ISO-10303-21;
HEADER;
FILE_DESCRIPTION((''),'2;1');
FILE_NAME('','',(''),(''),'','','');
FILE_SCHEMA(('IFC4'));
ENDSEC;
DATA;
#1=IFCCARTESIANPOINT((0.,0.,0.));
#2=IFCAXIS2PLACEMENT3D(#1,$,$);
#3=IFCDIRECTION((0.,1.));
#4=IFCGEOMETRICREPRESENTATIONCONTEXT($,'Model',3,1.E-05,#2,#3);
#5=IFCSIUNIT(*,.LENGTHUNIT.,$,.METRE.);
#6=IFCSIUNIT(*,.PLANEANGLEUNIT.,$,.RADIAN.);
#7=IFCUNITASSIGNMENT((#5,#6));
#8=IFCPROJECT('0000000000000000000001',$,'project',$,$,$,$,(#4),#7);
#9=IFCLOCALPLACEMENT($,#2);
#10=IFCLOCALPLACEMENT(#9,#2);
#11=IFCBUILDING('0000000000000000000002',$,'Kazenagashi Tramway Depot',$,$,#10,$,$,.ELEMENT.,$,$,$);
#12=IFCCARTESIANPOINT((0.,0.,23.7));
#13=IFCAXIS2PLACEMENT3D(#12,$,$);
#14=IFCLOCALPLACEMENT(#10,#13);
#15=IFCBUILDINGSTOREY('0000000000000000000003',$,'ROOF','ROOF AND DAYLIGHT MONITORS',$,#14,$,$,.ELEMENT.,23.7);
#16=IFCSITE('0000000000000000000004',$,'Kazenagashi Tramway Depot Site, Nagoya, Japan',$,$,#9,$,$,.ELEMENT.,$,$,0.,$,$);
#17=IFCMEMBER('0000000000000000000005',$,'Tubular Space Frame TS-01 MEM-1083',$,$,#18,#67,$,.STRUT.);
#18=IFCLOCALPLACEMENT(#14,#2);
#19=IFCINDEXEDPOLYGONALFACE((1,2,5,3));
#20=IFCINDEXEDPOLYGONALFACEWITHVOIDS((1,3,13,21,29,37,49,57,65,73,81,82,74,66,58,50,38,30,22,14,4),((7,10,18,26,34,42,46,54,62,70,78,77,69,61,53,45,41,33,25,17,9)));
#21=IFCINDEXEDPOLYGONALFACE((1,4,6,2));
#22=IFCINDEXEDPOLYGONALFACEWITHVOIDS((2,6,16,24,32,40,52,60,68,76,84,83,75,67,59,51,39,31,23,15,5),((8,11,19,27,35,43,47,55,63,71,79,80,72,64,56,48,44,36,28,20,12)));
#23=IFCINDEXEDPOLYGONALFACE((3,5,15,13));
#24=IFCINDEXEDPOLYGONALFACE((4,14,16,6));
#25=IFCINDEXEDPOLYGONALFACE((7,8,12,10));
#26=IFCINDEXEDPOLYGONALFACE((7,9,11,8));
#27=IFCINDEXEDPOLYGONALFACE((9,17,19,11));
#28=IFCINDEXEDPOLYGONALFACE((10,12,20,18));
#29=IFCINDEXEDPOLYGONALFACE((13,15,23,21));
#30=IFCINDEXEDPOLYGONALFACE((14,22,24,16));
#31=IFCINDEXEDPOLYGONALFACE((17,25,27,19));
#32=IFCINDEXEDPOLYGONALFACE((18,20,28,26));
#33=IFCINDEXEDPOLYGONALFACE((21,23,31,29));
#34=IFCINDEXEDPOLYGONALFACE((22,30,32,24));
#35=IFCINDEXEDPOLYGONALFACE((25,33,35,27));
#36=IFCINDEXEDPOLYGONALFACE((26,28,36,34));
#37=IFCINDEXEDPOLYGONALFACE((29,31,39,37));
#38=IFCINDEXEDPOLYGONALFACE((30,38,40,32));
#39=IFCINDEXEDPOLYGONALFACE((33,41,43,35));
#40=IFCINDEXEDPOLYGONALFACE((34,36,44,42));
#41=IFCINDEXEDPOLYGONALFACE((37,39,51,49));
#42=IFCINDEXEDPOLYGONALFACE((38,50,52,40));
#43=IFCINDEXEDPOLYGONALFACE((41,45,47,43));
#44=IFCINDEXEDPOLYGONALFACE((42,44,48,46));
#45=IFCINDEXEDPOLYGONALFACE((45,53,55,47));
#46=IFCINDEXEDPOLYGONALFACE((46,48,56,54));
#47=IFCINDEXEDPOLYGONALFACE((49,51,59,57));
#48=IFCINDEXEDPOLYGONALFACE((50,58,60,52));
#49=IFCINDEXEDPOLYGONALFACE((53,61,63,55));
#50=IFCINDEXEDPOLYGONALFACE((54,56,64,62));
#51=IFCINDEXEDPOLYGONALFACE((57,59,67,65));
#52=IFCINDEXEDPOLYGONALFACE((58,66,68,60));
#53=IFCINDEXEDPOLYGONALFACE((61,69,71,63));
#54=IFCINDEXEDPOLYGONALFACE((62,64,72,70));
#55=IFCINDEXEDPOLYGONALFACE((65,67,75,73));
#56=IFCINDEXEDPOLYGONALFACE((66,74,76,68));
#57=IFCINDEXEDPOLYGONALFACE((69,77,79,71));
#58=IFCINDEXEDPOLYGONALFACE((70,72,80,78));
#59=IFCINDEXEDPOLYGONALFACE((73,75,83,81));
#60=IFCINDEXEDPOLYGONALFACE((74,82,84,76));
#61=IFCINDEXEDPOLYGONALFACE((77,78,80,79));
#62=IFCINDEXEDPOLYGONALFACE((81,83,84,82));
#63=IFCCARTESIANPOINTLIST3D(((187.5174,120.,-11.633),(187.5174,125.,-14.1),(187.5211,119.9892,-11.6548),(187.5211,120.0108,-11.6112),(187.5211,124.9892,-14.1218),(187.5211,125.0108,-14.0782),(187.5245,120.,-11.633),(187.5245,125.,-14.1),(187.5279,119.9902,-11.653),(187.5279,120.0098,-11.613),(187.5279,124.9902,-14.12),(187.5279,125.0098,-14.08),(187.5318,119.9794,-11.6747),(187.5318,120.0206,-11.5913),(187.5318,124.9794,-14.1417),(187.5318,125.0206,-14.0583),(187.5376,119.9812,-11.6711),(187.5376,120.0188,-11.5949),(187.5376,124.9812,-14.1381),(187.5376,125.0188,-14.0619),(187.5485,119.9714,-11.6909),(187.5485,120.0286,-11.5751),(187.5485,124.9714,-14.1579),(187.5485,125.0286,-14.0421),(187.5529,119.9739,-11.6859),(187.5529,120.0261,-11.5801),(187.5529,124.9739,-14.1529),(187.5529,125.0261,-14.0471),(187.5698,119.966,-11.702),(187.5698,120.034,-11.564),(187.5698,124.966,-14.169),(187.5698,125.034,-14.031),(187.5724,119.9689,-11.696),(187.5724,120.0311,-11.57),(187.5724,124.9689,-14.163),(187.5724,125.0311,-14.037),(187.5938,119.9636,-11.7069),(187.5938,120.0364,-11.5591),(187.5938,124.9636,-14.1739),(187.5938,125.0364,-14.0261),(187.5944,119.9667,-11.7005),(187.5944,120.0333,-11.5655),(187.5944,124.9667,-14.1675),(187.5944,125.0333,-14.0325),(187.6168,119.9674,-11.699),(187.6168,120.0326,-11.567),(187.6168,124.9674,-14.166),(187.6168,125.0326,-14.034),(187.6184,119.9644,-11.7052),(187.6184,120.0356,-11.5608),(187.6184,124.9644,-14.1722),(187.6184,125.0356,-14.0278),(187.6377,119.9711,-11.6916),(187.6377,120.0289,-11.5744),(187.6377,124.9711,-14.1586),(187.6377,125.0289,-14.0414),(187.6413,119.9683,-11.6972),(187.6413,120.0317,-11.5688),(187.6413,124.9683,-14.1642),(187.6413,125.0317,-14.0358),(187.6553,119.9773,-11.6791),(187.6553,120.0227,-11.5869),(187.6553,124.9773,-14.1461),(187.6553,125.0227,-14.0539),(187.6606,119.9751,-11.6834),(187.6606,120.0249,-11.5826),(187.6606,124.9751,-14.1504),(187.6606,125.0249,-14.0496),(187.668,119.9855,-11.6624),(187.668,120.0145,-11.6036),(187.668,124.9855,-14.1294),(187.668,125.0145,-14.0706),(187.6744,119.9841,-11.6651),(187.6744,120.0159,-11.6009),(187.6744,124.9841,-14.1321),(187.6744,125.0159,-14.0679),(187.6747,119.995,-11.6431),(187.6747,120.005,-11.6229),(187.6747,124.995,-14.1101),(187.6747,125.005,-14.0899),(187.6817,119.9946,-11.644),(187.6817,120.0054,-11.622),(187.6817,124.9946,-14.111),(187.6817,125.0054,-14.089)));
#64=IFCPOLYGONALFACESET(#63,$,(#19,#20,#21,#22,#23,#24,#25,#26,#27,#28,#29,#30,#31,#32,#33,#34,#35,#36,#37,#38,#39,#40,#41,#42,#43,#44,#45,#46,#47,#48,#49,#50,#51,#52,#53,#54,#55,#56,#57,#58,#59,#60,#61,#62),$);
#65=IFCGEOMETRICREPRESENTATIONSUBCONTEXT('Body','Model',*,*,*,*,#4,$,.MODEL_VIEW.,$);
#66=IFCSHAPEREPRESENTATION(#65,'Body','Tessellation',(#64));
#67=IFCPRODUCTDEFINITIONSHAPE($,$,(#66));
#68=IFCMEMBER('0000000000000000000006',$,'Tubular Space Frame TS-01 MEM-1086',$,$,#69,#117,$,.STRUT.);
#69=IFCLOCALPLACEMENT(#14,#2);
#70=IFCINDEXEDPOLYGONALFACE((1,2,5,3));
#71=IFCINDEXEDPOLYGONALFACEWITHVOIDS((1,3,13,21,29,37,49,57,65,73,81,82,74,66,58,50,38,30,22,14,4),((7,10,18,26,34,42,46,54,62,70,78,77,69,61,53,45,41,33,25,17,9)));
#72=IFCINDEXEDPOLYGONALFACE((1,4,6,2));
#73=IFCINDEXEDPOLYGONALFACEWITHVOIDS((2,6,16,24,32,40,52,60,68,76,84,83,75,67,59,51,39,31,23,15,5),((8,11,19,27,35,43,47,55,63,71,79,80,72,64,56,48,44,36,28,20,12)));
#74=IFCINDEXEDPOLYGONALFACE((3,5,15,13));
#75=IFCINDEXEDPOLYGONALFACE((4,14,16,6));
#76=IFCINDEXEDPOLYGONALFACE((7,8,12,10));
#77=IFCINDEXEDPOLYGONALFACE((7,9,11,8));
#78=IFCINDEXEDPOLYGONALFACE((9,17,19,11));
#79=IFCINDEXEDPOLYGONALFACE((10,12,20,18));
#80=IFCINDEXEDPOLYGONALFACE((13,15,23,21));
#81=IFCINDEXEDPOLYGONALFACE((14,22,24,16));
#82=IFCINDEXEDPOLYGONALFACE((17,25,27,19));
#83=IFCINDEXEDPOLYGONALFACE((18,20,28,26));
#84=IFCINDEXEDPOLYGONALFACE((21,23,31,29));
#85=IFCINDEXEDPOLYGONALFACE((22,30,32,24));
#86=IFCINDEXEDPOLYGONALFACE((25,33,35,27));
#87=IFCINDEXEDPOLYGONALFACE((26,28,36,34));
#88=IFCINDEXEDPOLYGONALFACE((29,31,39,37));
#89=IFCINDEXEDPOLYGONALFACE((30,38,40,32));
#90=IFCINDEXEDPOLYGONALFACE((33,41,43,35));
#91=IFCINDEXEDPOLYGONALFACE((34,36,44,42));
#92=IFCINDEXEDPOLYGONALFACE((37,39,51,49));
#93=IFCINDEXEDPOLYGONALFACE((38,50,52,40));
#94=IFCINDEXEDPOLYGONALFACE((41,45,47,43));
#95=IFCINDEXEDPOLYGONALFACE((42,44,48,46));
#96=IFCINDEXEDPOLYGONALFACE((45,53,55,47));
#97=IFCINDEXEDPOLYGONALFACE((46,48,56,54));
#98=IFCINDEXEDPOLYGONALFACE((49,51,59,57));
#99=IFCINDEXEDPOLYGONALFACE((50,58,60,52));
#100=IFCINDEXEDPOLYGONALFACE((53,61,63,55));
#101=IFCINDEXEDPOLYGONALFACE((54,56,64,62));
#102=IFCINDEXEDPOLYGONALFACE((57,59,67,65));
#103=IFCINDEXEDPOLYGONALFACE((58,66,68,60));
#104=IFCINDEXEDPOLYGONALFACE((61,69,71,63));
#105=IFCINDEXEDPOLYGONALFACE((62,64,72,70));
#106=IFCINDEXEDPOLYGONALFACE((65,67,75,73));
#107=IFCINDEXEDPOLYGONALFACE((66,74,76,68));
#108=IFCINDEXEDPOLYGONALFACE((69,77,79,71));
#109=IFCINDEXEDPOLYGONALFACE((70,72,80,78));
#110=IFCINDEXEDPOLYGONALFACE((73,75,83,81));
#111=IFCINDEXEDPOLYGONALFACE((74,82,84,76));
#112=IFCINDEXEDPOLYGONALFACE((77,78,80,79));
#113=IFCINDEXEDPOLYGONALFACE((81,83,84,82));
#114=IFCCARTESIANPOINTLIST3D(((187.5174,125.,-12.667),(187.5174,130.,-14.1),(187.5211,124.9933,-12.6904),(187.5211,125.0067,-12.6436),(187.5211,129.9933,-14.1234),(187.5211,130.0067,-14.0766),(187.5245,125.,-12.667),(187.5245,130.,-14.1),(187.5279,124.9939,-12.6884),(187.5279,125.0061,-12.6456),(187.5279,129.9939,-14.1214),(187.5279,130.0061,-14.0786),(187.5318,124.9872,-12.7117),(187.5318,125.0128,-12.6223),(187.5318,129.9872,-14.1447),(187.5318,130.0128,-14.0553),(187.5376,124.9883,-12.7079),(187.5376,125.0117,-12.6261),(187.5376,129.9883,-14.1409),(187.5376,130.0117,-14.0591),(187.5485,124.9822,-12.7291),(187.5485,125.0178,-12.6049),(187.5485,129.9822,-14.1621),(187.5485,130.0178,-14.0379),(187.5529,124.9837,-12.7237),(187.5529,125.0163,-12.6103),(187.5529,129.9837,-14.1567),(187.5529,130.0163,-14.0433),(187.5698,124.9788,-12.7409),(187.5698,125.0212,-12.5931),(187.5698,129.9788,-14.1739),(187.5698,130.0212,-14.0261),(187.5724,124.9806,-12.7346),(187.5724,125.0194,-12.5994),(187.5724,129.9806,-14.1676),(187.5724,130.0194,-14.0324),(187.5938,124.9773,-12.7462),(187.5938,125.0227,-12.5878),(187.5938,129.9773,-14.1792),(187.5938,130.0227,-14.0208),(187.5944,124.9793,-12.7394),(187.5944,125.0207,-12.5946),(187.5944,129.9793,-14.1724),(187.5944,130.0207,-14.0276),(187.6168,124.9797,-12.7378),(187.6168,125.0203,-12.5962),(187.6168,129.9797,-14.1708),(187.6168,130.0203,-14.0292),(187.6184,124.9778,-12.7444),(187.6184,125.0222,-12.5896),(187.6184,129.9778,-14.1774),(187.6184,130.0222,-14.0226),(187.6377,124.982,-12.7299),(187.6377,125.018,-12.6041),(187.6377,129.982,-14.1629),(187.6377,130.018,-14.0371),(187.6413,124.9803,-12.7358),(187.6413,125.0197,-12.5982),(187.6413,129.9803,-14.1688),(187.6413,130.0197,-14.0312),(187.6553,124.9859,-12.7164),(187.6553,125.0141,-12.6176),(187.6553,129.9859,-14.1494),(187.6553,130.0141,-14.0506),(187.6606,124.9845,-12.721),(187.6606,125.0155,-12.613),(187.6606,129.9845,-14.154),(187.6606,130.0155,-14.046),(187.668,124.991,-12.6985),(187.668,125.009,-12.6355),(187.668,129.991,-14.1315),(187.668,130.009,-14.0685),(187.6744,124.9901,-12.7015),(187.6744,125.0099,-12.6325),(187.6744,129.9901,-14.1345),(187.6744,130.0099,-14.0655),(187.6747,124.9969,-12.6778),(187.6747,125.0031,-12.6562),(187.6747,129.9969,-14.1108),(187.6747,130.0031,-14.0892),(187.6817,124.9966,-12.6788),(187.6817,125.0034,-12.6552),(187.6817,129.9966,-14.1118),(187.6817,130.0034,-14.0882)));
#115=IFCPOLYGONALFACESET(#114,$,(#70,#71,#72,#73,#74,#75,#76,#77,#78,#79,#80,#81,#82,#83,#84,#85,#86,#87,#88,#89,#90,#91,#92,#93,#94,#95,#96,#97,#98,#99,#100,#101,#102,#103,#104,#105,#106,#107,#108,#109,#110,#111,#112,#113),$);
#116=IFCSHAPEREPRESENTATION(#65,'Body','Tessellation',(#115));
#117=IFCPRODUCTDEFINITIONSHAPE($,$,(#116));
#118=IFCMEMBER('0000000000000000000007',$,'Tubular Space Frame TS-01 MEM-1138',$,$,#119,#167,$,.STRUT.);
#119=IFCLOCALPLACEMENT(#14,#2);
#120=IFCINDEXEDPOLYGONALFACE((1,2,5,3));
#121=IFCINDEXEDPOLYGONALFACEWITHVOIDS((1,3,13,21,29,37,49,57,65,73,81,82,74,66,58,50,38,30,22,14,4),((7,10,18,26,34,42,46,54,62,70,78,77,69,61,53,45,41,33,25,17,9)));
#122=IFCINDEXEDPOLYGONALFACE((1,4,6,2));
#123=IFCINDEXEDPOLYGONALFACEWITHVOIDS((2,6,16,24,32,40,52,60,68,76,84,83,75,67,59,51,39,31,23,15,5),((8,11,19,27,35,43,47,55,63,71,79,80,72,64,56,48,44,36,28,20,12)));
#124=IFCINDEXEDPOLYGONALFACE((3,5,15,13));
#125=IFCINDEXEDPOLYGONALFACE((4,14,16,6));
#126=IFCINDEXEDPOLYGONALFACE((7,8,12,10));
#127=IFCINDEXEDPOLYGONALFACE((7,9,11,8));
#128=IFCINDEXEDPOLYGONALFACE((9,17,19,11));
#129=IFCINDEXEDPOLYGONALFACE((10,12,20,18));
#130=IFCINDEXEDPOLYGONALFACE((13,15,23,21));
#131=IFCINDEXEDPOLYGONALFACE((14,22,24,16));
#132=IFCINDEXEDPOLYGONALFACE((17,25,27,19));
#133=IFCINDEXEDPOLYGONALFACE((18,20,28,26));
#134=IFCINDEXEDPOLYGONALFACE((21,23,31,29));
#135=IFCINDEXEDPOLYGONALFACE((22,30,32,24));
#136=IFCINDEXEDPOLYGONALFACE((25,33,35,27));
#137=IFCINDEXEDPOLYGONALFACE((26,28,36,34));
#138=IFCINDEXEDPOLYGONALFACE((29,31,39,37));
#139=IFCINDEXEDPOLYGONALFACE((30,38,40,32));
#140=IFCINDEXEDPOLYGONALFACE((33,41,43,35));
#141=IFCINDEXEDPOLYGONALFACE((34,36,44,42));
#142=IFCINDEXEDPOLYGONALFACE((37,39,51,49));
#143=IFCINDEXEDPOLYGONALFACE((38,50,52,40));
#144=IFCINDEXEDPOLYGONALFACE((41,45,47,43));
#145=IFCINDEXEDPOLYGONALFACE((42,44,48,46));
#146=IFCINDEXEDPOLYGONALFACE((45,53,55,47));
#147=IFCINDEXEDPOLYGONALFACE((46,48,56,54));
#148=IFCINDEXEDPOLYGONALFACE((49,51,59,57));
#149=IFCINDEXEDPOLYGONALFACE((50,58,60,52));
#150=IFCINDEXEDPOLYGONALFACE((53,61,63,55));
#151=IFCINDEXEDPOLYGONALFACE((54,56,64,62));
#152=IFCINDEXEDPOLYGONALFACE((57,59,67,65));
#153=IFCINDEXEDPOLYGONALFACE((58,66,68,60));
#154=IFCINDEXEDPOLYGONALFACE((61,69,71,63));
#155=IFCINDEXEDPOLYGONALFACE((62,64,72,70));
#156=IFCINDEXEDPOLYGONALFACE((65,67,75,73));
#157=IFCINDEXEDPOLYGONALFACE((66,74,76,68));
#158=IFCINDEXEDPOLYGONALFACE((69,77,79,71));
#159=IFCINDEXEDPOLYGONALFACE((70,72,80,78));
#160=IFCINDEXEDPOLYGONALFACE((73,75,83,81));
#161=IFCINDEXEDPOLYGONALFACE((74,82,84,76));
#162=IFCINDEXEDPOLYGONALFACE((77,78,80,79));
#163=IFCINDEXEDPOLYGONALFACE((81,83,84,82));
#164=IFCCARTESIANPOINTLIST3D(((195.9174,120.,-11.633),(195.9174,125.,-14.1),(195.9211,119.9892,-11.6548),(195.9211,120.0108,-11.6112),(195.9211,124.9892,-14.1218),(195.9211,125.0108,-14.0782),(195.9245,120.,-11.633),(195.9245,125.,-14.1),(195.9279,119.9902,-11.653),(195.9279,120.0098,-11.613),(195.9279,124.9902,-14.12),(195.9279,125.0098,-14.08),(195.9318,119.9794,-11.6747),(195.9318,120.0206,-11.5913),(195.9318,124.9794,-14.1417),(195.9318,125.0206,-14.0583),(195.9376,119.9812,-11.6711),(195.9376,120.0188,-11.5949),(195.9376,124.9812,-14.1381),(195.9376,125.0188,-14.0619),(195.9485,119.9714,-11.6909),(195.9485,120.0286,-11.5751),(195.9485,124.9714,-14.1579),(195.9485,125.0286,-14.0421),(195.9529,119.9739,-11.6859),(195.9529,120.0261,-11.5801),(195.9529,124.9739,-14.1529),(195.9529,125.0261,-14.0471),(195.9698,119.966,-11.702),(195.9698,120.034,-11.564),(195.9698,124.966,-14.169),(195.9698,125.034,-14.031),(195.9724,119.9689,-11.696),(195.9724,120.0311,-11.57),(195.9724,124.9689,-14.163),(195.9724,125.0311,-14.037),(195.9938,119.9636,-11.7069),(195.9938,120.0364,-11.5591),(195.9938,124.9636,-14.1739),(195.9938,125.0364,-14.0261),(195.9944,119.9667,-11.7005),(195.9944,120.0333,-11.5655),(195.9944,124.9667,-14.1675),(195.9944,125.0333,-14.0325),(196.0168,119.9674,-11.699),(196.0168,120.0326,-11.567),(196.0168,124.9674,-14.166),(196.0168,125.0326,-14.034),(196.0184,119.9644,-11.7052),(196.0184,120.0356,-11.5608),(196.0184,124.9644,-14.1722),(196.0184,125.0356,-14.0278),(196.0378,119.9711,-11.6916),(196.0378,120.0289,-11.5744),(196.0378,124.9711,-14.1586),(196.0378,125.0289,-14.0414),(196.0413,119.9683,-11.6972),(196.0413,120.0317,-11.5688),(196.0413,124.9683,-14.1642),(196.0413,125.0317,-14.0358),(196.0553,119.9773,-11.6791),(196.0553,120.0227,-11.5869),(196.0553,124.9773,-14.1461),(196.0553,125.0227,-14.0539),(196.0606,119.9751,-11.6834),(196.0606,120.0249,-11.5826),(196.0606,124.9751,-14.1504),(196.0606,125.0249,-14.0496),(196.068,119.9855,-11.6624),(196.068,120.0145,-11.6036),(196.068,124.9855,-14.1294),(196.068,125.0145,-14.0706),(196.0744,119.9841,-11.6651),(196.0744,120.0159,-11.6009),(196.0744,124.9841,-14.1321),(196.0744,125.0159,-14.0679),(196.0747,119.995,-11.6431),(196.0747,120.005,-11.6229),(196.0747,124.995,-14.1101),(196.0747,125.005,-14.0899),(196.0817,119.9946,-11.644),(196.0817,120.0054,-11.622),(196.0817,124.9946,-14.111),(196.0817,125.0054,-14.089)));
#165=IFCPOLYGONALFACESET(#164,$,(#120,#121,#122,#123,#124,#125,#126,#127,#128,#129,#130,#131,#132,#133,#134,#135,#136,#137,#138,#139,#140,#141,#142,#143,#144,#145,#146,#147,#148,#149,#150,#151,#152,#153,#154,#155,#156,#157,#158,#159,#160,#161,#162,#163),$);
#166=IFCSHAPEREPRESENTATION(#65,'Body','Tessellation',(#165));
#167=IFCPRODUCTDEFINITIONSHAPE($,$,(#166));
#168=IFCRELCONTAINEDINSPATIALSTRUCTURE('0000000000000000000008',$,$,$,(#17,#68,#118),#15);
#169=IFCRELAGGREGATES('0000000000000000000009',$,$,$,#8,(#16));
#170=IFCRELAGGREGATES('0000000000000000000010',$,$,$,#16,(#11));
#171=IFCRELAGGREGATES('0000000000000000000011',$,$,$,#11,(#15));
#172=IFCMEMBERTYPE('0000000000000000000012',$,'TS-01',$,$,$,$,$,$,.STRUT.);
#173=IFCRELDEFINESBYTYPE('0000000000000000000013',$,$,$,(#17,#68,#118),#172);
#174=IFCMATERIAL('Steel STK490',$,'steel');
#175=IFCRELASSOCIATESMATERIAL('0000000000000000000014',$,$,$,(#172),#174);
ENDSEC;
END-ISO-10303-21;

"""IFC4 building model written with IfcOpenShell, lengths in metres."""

from ifc_helpers import new_model, si_unit, direction, frame, origin, origin_2d, place, context, subcontext, project, spatial, hollow_circle, extrude, material, material_profile, profile_set, type_object, element, save


model = new_model("IFC4")

# Units and contexts
model_context = context("Model", 3, precision=1e-05, world=origin(), true_north=direction((0.0, 1.0)))
body_context = subcontext(model_context, "Body", "Model", "MODEL_VIEW")
ifc_project = project(units=[si_unit("LENGTHUNIT", "METRE"), si_unit("PLANEANGLEUNIT", "RADIAN")], contexts=[model_context])

# Site, building, storey
site_placement = place(None, origin())
site = spatial("IfcSite", under=ifc_project, at=site_placement, Name="Kazenagashi Tramway Depot Site, Nagoya, Japan", CompositionType="ELEMENT", RefElevation=0.0)
building_placement = place(site_placement, origin())
building = spatial("IfcBuilding", under=site, at=building_placement, Name="Kazenagashi Tramway Depot", CompositionType="ELEMENT")
storey_placement = place(building_placement, frame((0.0, 0.0, 23.7)))
storey = spatial("IfcBuildingStorey", under=building, at=storey_placement, Name="ROOF", Description="ROOF AND DAYLIGHT MONITORS", CompositionType="ELEMENT", Elevation=23.7)

# Members
ifc_material_1 = material(Name="Steel STK490", Category="steel")
ifc_material_profile_1 = material_profile(ifc_material_1, hollow_circle(Radius=0.0826, WallThickness=0.0071, at=origin_2d()), Name="CHS-165.2x7.1")
ifc_profile_set_1 = profile_set([ifc_material_profile_1], Name="Steel STK490")
member_type_1 = type_object("IfcMemberType", Name="TS-01", PredefinedType="STRUT", material=ifc_profile_set_1)
member_1_placement = place(storey_placement, frame((187.6, 120.0, -11.633), z_axis=(0.0, 0.896782, -0.442472), x_axis=(-1.0, 0.0, 0.0)))
element("IfcMember", 1, at=member_1_placement, inside=storey, type_object=member_type_1, Name="Tubular Space Frame TS-01 MEM-1083", PredefinedType="STRUT", context=body_context, shape_type="SweptSolid", body=[
    extrude(hollow_circle(Radius=0.0826, WallThickness=0.0071, at=origin_2d()), origin(), (0.0, 0.0, 1.0), 5.5755),
])
member_2_placement = place(storey_placement, frame((187.6, 125.0, -12.667), z_axis=(0.0, 0.961299, -0.275508), x_axis=(-1.0, 0.0, 0.0)))
element("IfcMember", 2, at=member_2_placement, inside=storey, type_object=member_type_1, Name="Tubular Space Frame TS-01 MEM-1086", PredefinedType="STRUT", context=body_context, shape_type="SweptSolid", body=[
    extrude(hollow_circle(Radius=0.0826, WallThickness=0.0071, at=origin_2d()), origin(), (0.0, 0.0, 1.0), 5.2013),
])
member_3_placement = place(storey_placement, frame((196.0, 120.0, -11.633), z_axis=(0.0, 0.896782, -0.442472), x_axis=(-1.0, 0.0, 0.0)))
element("IfcMember", 3, at=member_3_placement, inside=storey, type_object=member_type_1, Name="Tubular Space Frame TS-01 MEM-1138", PredefinedType="STRUT", context=body_context, shape_type="SweptSolid", body=[
    extrude(hollow_circle(Radius=0.0826, WallThickness=0.0071, at=origin_2d()), origin(), (0.0, 0.0, 1.0), 5.5755),
])

save(model, "model.ifc")
